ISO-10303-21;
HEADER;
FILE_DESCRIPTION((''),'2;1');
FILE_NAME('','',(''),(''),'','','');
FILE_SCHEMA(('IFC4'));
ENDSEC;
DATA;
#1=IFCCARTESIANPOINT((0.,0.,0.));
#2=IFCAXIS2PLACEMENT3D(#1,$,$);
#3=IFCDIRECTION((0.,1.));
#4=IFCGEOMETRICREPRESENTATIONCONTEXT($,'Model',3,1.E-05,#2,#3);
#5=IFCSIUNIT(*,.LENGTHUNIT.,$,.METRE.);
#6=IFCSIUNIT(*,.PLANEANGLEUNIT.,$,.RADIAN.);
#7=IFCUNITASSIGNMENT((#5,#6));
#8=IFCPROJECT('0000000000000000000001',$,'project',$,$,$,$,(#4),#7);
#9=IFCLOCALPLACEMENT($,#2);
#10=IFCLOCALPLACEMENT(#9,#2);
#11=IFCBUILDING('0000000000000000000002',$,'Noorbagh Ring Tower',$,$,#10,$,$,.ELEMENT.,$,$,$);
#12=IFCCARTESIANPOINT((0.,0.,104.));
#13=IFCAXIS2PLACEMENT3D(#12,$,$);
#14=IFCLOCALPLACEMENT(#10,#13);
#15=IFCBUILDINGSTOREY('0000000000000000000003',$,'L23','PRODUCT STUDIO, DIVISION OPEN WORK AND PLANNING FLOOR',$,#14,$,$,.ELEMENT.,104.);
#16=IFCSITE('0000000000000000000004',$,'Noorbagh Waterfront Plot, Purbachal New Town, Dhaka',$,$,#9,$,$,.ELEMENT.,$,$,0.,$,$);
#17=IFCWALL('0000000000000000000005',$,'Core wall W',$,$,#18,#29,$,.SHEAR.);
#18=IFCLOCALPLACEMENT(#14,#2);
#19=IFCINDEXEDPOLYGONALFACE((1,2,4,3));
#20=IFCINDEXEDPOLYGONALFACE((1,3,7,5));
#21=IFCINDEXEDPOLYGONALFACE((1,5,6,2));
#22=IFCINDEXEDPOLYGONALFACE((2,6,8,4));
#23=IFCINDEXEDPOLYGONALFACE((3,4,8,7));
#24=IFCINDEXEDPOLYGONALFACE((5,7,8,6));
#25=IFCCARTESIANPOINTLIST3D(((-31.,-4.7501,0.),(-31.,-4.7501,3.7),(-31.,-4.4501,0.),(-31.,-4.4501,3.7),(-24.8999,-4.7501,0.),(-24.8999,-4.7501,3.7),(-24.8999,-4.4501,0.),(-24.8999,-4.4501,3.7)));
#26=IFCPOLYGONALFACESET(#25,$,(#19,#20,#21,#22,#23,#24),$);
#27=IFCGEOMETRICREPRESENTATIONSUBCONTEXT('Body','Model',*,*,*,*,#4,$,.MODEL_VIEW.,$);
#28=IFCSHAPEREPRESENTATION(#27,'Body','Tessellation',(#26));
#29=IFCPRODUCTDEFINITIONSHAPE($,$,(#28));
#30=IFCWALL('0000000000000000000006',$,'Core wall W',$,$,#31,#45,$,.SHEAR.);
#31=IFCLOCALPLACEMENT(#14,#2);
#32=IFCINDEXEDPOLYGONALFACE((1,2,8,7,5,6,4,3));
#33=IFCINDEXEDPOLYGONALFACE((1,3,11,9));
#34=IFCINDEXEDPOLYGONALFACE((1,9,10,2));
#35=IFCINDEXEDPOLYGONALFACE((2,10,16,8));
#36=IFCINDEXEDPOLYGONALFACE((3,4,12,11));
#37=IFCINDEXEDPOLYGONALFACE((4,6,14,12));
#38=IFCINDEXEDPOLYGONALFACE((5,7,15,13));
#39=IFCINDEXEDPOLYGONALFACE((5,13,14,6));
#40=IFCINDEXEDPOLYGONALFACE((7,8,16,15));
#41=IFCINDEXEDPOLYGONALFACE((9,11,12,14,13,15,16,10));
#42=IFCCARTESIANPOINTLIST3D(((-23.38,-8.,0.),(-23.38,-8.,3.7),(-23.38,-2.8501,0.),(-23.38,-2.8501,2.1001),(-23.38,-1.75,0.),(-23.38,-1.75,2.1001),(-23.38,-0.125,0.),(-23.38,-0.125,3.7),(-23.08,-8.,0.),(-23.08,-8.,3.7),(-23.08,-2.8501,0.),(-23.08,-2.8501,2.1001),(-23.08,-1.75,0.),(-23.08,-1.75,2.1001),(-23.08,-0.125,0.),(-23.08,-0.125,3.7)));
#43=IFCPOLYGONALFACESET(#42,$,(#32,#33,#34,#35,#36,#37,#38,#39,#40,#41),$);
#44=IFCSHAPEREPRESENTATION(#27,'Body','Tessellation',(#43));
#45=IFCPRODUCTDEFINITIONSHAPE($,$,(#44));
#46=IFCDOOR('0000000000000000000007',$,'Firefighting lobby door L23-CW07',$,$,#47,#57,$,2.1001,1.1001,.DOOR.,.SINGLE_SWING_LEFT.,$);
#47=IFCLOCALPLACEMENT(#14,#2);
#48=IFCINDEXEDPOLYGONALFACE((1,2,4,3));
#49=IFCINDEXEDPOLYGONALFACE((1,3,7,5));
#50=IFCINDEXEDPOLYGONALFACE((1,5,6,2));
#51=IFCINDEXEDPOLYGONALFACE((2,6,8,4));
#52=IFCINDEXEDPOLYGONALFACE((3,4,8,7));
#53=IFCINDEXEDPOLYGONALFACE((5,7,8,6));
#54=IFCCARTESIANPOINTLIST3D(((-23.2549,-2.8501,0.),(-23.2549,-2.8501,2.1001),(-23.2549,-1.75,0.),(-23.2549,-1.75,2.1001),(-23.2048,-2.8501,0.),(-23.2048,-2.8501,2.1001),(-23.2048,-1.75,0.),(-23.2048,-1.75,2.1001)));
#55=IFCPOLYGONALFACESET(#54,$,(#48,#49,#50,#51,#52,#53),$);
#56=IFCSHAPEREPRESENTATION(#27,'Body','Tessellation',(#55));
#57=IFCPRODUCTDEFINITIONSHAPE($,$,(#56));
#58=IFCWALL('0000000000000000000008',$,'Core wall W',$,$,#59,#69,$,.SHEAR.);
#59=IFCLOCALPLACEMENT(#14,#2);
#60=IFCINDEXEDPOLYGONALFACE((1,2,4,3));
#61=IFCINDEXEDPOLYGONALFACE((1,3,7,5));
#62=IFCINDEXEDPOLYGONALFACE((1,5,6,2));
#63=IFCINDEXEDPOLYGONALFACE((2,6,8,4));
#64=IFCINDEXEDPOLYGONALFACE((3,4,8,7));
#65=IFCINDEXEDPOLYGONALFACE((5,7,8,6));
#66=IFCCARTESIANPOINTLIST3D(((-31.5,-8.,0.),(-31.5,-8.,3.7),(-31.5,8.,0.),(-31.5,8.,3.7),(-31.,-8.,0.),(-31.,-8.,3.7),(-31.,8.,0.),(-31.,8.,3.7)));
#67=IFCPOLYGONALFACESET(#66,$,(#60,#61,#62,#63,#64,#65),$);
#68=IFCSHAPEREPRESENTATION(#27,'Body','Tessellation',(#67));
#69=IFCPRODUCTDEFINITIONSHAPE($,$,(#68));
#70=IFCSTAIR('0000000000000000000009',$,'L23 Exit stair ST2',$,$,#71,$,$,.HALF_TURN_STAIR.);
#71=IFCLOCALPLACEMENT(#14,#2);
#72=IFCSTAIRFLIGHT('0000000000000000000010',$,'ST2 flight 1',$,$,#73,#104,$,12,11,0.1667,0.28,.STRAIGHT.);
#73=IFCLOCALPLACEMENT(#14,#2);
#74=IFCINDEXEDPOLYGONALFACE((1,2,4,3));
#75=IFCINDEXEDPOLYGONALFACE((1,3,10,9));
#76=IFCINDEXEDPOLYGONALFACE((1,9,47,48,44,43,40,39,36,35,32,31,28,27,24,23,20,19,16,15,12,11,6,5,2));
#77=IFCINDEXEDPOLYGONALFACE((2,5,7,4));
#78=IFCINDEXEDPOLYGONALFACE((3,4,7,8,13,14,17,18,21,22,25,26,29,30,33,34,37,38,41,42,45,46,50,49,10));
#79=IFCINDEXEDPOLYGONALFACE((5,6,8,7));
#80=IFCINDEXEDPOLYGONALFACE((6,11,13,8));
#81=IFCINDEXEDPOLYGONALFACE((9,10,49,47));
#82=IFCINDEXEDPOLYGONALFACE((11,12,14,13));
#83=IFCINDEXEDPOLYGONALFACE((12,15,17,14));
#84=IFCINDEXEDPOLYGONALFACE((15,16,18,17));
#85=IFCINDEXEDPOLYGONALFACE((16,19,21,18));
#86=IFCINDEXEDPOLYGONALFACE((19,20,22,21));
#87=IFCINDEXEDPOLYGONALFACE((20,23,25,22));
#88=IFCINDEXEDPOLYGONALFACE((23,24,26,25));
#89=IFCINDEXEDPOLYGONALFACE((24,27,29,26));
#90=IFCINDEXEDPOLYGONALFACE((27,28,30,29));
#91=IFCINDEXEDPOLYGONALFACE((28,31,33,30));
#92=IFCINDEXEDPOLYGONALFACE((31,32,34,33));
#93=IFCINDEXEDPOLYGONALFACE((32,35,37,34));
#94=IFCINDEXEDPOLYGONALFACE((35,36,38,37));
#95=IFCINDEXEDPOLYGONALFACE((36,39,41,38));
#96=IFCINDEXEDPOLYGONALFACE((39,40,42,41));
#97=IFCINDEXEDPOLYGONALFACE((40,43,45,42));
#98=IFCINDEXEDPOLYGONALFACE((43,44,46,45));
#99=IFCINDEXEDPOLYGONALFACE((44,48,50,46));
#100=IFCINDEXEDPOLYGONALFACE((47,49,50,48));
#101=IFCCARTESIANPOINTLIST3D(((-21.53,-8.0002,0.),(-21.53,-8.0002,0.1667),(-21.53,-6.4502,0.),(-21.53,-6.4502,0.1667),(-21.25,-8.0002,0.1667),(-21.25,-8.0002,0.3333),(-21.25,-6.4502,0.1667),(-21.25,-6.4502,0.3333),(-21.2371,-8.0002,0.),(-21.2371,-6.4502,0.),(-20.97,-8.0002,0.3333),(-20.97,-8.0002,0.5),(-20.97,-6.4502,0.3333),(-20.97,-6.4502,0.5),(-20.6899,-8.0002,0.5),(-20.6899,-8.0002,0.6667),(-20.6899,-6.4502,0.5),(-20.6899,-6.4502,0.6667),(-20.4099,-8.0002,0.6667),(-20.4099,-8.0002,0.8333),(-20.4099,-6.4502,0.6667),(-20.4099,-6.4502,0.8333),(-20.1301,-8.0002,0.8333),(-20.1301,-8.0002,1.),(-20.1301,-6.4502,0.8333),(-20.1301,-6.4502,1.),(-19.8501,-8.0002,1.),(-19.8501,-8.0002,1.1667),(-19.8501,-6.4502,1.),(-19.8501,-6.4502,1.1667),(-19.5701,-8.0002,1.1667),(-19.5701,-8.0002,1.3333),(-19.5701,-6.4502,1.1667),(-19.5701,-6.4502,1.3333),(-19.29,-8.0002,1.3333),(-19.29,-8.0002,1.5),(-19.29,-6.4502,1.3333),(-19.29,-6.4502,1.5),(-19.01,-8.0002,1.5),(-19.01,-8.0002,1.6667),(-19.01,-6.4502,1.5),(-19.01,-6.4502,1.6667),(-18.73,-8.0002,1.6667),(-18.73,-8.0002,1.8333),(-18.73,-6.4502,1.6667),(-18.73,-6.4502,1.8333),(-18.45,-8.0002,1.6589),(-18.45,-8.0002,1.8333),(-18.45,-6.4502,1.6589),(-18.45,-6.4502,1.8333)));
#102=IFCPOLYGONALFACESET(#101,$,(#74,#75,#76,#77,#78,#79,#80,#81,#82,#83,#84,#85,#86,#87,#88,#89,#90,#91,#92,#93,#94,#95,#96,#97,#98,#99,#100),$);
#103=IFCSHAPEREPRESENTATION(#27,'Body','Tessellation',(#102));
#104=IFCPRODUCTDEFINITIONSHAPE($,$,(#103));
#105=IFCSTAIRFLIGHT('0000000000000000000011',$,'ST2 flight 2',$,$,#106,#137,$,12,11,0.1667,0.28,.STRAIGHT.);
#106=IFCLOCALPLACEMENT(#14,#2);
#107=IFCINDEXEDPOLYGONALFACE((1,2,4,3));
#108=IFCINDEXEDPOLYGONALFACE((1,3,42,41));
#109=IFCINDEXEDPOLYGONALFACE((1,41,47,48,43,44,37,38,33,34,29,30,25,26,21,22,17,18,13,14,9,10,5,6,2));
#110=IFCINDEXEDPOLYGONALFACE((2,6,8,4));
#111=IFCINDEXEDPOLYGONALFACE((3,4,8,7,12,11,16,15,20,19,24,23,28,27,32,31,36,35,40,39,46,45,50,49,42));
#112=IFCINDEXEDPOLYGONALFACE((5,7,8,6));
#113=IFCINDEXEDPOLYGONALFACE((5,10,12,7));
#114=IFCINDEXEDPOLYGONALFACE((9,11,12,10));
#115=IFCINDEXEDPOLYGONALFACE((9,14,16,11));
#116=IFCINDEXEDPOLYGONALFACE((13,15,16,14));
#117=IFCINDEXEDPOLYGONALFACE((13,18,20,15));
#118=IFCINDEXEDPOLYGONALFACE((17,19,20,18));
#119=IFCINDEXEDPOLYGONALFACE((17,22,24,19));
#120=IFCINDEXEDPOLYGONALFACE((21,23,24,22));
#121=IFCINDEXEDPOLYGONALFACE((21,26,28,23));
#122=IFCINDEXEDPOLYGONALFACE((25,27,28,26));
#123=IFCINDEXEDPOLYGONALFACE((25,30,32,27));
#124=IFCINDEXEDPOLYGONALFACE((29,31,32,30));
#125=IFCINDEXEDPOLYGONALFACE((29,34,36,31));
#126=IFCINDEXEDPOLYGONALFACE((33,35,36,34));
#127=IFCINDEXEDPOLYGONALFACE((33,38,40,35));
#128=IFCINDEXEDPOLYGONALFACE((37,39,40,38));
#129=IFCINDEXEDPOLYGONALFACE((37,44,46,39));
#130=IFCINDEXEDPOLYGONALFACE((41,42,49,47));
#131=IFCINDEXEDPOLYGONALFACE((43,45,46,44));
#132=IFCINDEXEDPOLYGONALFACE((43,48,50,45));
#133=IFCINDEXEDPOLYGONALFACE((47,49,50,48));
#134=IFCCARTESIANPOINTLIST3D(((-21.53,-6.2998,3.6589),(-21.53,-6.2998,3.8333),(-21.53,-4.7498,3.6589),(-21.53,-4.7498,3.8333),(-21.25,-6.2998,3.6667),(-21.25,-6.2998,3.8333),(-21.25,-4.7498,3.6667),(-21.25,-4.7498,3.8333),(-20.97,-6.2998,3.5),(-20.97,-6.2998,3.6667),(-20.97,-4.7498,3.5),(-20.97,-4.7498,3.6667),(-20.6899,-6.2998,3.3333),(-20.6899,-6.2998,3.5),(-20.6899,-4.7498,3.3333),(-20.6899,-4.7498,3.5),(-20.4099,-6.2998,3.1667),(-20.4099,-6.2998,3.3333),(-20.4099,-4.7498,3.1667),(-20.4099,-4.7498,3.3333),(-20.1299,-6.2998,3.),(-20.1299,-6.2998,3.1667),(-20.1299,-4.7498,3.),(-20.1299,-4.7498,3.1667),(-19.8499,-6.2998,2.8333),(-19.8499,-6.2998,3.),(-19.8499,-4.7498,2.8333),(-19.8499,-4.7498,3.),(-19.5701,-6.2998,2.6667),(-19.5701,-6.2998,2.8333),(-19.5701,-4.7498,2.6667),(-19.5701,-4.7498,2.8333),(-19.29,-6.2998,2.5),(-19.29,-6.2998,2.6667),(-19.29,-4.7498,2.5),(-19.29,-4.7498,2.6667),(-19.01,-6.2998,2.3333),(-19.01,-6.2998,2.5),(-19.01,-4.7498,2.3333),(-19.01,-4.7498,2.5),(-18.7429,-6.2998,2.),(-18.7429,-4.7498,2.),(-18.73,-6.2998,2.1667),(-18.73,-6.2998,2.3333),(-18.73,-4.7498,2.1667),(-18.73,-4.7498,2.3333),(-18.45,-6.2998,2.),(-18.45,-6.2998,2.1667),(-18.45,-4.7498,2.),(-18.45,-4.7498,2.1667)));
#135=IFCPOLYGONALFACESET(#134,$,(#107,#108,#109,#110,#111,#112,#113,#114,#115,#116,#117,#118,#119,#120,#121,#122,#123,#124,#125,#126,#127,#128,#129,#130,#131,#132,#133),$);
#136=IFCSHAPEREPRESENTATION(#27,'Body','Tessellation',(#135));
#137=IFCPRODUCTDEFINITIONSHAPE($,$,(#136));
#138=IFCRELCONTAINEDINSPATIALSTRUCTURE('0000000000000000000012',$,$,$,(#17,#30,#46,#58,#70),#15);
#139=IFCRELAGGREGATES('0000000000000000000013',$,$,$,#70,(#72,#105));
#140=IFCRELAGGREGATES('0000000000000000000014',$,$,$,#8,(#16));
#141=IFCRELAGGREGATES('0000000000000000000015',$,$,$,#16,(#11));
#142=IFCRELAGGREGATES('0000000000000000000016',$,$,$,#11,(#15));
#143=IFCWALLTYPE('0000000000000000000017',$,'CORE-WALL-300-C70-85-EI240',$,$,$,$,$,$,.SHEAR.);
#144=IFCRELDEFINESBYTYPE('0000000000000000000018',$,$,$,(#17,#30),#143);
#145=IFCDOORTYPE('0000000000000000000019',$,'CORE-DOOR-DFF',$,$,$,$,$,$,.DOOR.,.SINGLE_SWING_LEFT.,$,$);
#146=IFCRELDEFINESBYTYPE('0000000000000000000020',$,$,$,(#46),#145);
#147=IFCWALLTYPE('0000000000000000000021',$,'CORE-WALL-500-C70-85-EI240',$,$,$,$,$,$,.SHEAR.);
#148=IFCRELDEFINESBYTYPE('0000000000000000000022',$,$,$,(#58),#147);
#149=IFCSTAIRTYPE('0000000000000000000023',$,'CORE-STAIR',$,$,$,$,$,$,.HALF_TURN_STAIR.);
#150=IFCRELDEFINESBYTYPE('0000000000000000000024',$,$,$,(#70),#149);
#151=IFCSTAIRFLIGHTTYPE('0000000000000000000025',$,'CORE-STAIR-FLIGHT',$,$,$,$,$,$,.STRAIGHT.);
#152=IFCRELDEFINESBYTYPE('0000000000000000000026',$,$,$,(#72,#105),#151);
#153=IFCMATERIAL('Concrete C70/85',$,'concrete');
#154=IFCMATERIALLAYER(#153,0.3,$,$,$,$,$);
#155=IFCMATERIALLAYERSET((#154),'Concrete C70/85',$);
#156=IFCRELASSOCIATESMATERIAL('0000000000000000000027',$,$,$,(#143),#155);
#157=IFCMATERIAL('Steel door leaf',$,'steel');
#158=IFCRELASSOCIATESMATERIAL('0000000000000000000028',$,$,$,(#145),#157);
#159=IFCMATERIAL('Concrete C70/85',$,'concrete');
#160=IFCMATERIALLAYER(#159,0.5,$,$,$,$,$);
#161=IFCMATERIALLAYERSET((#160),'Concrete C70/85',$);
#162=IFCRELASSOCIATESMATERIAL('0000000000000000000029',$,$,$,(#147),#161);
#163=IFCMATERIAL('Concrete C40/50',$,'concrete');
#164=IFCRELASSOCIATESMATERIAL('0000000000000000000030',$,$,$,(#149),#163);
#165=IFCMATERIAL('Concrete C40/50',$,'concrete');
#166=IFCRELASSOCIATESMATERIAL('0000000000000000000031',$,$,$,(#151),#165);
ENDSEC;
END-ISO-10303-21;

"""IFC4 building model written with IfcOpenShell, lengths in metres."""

from ifc_helpers import new_model, si_unit, direction, frame, frame_2d, origin, place, context, subcontext, project, spatial, polyline, rectangle, outline, extrude, material, layer, layer_set, type_object, element, fill, aggregate, save


model = new_model("IFC4")

# Units and contexts
model_context = context("Model", 3, precision=1e-05, world=origin(), true_north=direction((0.0, 1.0)))
body_context = subcontext(model_context, "Body", "Model", "MODEL_VIEW")
ifc_project = project(units=[si_unit("LENGTHUNIT", "METRE"), si_unit("PLANEANGLEUNIT", "RADIAN")], contexts=[model_context])

# Site, building, storey
site_placement = place(None, origin())
site = spatial("IfcSite", under=ifc_project, at=site_placement, Name="Noorbagh Waterfront Plot, Purbachal New Town, Dhaka", CompositionType="ELEMENT", RefElevation=0.0)
building_placement = place(site_placement, origin())
building = spatial("IfcBuilding", under=site, at=building_placement, Name="Noorbagh Ring Tower", CompositionType="ELEMENT")
storey_placement = place(building_placement, frame((0.0, 0.0, 104.0)))
storey = spatial("IfcBuildingStorey", under=building, at=storey_placement, Name="L23", Description="PRODUCT STUDIO, DIVISION OPEN WORK AND PLANNING FLOOR", CompositionType="ELEMENT", Elevation=104.0)

# Wall
ifc_material_1 = material(Name="Concrete C70/85", Category="concrete")
ifc_layer_1 = layer(ifc_material_1, 0.3)
ifc_layer_set_1 = layer_set([ifc_layer_1], Name="Concrete C70/85")
wall_type_1 = type_object("IfcWallType", Name="CORE-WALL-300-C70-85-EI240", PredefinedType="SHEAR", material=ifc_layer_set_1)
wall_1_placement = place(storey_placement, frame((-24.8999, -4.6001, 0.0), z_axis=(0.0, 0.0, 1.0), x_axis=(-1.0, 0.0, 0.0)))
element("IfcWall", 1, at=wall_1_placement, inside=storey, type_object=wall_type_1, Name="Core wall W", PredefinedType="SHEAR", context=body_context, shape_type="SweptSolid", body=[
    extrude(rectangle(XDim=6.1001, YDim=0.3, at=frame_2d((3.05, 0.0))), origin(), (0.0, 0.0, 1.0), 3.7),
])

# Wall, opening, door
wall_2_placement = place(storey_placement, frame((-23.23, -8.0, 0.0), z_axis=(0.0, 0.0, 1.0), x_axis=(0.0, 1.0, 0.0)))
wall_2 = element("IfcWall", 2, at=wall_2_placement, inside=storey, type_object=wall_type_1, Name="Core wall W", PredefinedType="SHEAR", context=body_context, shape_type="SweptSolid", body=[
    extrude(rectangle(XDim=7.875, YDim=0.3, at=frame_2d((3.9375, 0.0))), origin(), (0.0, 0.0, 1.0), 3.7),
])
opening_1_placement = place(wall_2_placement, frame((5.1499, 0.0, 0.0)))
opening_1 = element("IfcOpeningElement", 3, at=opening_1_placement, cuts=wall_2, PredefinedType="OPENING", context=body_context, shape_type="SweptSolid", body=[
    extrude(rectangle(XDim=1.1001, YDim=2.1001, at=frame_2d((0.55, 1.05))), frame((0.0, 0.1602, 0.0), z_axis=(0.0, -1.0, 0.0), x_axis=(1.0, 0.0, 0.0)), (0.0, 0.0, 1.0), 0.3201),
])
ifc_material_2 = material(Name="Steel door leaf", Category="steel")
door_type_1 = type_object("IfcDoorType", Name="CORE-DOOR-DFF", OperationType="SINGLE_SWING_LEFT", PredefinedType="DOOR", material=ifc_material_2)
door_1_placement = place(opening_1_placement, origin())
door_1 = element("IfcDoor", 4, at=door_1_placement, inside=storey, type_object=door_type_1, Name="Firefighting lobby door L23-CW07", OperationType="SINGLE_SWING_LEFT", OverallHeight=2.1001, OverallWidth=1.1001, PredefinedType="DOOR", context=body_context, shape_type="SweptSolid", body=[
    extrude(rectangle(XDim=1.1001, YDim=2.1001, at=frame_2d((0.55, 1.05))), frame((0.0, 0.0249, 0.0), z_axis=(0.0, -1.0, 0.0), x_axis=(1.0, 0.0, 0.0)), (0.0, 0.0, 1.0), 0.05),
])
fill(opening_1, door_1)

# Wall
ifc_material_3 = material(Name="Concrete C70/85", Category="concrete")
ifc_layer_2 = layer(ifc_material_3, 0.5)
ifc_layer_set_2 = layer_set([ifc_layer_2], Name="Concrete C70/85")
wall_type_2 = type_object("IfcWallType", Name="CORE-WALL-500-C70-85-EI240", PredefinedType="SHEAR", material=ifc_layer_set_2)
wall_3_placement = place(storey_placement, frame((-31.25, -8.0, 0.0), z_axis=(0.0, 0.0, 1.0), x_axis=(0.0, 1.0, 0.0)))
element("IfcWall", 5, at=wall_3_placement, inside=storey, type_object=wall_type_2, Name="Core wall W", PredefinedType="SHEAR", context=body_context, shape_type="SweptSolid", body=[
    extrude(rectangle(XDim=16.0, YDim=0.5, at=frame_2d((8.0, 0.0))), origin(), (0.0, 0.0, 1.0), 3.7),
])

# Stair, stair flights
ifc_material_4 = material(Name="Concrete C40/50", Category="concrete")
stair_type = type_object("IfcStairType", Name="CORE-STAIR", PredefinedType="HALF_TURN_STAIR", material=ifc_material_4)
stair_placement = place(storey_placement, origin())
stair = element("IfcStair", 6, at=stair_placement, inside=storey, type_object=stair_type, Name="L23 Exit stair ST2", PredefinedType="HALF_TURN_STAIR")
ifc_material_5 = material(Name="Concrete C40/50", Category="concrete")
stair_flight_type = type_object("IfcStairFlightType", Name="CORE-STAIR-FLIGHT", PredefinedType="STRAIGHT", material=ifc_material_5)
stair_flight_1_placement = place(storey_placement, frame((-21.53, -7.2251, 0.0), z_axis=(0.0, 0.0, 1.0), x_axis=(1.0, 0.0, 0.0)))
stair_flight_1 = element("IfcStairFlight", 7, at=stair_flight_1_placement, type_object=stair_flight_type, Name="ST2 flight 1", NumberOfRisers=12, NumberOfTreads=11, PredefinedType="STRAIGHT", RiserHeight=0.1667, TreadLength=0.28, context=body_context, shape_type="SweptSolid", body=[
    extrude(outline(polyline([(0.0, 0.0), (0.0, 0.1667), (0.28, 0.1667), (0.28, 0.3333), (0.5601, 0.3333), (0.5601, 0.5), (0.8401, 0.5), (0.8401, 0.6667), (1.1201, 0.6667), (1.1201, 0.8333), (1.3999, 0.8333), (1.3999, 1.0), (1.6799, 1.0), (1.6799, 1.1667), (1.96, 1.1667), (1.96, 1.3333), (2.24, 1.3333), (2.24, 1.5), (2.52, 1.5), (2.52, 1.6667), (2.8, 1.6667), (2.8, 1.8333), (3.0801, 1.8333), (3.0801, 2.0), (3.0801, 1.6589), (0.293, 0.0), (0.0, 0.0)])), frame((0.0, 0.7749, 0.0), z_axis=(0.0, -1.0, 0.0), x_axis=(1.0, 0.0, 0.0)), (0.0, 0.0, 1.0), 1.55),
])
stair_flight_2_placement = place(storey_placement, frame((-18.45, -5.5249, 2.0), z_axis=(0.0, 0.0, 1.0), x_axis=(-1.0, 0.0, 0.0)))
stair_flight_2 = element("IfcStairFlight", 8, at=stair_flight_2_placement, type_object=stair_flight_type, Name="ST2 flight 2", NumberOfRisers=12, NumberOfTreads=11, PredefinedType="STRAIGHT", RiserHeight=0.1667, TreadLength=0.28, context=body_context, shape_type="SweptSolid", body=[
    extrude(outline(polyline([(0.0, 0.0), (0.0, 0.1667), (0.28, 0.1667), (0.28, 0.3333), (0.5601, 0.3333), (0.5601, 0.5), (0.8401, 0.5), (0.8401, 0.6667), (1.1201, 0.6667), (1.1201, 0.8333), (1.3999, 0.8333), (1.3999, 1.0), (1.6799, 1.0), (1.6799, 1.1667), (1.96, 1.1667), (1.96, 1.3333), (2.24, 1.3333), (2.24, 1.5), (2.52, 1.5), (2.52, 1.6667), (2.8, 1.6667), (2.8, 1.8333), (3.0801, 1.8333), (3.0801, 2.0), (3.0801, 1.6589), (0.293, 0.0), (0.0, 0.0)])), frame((0.0, 0.7749, 0.0), z_axis=(0.0, -1.0, 0.0), x_axis=(1.0, 0.0, 0.0)), (0.0, 0.0, 1.0), 1.55),
])
aggregate(stair, [stair_flight_1, stair_flight_2])

save(model, "model.ifc")
